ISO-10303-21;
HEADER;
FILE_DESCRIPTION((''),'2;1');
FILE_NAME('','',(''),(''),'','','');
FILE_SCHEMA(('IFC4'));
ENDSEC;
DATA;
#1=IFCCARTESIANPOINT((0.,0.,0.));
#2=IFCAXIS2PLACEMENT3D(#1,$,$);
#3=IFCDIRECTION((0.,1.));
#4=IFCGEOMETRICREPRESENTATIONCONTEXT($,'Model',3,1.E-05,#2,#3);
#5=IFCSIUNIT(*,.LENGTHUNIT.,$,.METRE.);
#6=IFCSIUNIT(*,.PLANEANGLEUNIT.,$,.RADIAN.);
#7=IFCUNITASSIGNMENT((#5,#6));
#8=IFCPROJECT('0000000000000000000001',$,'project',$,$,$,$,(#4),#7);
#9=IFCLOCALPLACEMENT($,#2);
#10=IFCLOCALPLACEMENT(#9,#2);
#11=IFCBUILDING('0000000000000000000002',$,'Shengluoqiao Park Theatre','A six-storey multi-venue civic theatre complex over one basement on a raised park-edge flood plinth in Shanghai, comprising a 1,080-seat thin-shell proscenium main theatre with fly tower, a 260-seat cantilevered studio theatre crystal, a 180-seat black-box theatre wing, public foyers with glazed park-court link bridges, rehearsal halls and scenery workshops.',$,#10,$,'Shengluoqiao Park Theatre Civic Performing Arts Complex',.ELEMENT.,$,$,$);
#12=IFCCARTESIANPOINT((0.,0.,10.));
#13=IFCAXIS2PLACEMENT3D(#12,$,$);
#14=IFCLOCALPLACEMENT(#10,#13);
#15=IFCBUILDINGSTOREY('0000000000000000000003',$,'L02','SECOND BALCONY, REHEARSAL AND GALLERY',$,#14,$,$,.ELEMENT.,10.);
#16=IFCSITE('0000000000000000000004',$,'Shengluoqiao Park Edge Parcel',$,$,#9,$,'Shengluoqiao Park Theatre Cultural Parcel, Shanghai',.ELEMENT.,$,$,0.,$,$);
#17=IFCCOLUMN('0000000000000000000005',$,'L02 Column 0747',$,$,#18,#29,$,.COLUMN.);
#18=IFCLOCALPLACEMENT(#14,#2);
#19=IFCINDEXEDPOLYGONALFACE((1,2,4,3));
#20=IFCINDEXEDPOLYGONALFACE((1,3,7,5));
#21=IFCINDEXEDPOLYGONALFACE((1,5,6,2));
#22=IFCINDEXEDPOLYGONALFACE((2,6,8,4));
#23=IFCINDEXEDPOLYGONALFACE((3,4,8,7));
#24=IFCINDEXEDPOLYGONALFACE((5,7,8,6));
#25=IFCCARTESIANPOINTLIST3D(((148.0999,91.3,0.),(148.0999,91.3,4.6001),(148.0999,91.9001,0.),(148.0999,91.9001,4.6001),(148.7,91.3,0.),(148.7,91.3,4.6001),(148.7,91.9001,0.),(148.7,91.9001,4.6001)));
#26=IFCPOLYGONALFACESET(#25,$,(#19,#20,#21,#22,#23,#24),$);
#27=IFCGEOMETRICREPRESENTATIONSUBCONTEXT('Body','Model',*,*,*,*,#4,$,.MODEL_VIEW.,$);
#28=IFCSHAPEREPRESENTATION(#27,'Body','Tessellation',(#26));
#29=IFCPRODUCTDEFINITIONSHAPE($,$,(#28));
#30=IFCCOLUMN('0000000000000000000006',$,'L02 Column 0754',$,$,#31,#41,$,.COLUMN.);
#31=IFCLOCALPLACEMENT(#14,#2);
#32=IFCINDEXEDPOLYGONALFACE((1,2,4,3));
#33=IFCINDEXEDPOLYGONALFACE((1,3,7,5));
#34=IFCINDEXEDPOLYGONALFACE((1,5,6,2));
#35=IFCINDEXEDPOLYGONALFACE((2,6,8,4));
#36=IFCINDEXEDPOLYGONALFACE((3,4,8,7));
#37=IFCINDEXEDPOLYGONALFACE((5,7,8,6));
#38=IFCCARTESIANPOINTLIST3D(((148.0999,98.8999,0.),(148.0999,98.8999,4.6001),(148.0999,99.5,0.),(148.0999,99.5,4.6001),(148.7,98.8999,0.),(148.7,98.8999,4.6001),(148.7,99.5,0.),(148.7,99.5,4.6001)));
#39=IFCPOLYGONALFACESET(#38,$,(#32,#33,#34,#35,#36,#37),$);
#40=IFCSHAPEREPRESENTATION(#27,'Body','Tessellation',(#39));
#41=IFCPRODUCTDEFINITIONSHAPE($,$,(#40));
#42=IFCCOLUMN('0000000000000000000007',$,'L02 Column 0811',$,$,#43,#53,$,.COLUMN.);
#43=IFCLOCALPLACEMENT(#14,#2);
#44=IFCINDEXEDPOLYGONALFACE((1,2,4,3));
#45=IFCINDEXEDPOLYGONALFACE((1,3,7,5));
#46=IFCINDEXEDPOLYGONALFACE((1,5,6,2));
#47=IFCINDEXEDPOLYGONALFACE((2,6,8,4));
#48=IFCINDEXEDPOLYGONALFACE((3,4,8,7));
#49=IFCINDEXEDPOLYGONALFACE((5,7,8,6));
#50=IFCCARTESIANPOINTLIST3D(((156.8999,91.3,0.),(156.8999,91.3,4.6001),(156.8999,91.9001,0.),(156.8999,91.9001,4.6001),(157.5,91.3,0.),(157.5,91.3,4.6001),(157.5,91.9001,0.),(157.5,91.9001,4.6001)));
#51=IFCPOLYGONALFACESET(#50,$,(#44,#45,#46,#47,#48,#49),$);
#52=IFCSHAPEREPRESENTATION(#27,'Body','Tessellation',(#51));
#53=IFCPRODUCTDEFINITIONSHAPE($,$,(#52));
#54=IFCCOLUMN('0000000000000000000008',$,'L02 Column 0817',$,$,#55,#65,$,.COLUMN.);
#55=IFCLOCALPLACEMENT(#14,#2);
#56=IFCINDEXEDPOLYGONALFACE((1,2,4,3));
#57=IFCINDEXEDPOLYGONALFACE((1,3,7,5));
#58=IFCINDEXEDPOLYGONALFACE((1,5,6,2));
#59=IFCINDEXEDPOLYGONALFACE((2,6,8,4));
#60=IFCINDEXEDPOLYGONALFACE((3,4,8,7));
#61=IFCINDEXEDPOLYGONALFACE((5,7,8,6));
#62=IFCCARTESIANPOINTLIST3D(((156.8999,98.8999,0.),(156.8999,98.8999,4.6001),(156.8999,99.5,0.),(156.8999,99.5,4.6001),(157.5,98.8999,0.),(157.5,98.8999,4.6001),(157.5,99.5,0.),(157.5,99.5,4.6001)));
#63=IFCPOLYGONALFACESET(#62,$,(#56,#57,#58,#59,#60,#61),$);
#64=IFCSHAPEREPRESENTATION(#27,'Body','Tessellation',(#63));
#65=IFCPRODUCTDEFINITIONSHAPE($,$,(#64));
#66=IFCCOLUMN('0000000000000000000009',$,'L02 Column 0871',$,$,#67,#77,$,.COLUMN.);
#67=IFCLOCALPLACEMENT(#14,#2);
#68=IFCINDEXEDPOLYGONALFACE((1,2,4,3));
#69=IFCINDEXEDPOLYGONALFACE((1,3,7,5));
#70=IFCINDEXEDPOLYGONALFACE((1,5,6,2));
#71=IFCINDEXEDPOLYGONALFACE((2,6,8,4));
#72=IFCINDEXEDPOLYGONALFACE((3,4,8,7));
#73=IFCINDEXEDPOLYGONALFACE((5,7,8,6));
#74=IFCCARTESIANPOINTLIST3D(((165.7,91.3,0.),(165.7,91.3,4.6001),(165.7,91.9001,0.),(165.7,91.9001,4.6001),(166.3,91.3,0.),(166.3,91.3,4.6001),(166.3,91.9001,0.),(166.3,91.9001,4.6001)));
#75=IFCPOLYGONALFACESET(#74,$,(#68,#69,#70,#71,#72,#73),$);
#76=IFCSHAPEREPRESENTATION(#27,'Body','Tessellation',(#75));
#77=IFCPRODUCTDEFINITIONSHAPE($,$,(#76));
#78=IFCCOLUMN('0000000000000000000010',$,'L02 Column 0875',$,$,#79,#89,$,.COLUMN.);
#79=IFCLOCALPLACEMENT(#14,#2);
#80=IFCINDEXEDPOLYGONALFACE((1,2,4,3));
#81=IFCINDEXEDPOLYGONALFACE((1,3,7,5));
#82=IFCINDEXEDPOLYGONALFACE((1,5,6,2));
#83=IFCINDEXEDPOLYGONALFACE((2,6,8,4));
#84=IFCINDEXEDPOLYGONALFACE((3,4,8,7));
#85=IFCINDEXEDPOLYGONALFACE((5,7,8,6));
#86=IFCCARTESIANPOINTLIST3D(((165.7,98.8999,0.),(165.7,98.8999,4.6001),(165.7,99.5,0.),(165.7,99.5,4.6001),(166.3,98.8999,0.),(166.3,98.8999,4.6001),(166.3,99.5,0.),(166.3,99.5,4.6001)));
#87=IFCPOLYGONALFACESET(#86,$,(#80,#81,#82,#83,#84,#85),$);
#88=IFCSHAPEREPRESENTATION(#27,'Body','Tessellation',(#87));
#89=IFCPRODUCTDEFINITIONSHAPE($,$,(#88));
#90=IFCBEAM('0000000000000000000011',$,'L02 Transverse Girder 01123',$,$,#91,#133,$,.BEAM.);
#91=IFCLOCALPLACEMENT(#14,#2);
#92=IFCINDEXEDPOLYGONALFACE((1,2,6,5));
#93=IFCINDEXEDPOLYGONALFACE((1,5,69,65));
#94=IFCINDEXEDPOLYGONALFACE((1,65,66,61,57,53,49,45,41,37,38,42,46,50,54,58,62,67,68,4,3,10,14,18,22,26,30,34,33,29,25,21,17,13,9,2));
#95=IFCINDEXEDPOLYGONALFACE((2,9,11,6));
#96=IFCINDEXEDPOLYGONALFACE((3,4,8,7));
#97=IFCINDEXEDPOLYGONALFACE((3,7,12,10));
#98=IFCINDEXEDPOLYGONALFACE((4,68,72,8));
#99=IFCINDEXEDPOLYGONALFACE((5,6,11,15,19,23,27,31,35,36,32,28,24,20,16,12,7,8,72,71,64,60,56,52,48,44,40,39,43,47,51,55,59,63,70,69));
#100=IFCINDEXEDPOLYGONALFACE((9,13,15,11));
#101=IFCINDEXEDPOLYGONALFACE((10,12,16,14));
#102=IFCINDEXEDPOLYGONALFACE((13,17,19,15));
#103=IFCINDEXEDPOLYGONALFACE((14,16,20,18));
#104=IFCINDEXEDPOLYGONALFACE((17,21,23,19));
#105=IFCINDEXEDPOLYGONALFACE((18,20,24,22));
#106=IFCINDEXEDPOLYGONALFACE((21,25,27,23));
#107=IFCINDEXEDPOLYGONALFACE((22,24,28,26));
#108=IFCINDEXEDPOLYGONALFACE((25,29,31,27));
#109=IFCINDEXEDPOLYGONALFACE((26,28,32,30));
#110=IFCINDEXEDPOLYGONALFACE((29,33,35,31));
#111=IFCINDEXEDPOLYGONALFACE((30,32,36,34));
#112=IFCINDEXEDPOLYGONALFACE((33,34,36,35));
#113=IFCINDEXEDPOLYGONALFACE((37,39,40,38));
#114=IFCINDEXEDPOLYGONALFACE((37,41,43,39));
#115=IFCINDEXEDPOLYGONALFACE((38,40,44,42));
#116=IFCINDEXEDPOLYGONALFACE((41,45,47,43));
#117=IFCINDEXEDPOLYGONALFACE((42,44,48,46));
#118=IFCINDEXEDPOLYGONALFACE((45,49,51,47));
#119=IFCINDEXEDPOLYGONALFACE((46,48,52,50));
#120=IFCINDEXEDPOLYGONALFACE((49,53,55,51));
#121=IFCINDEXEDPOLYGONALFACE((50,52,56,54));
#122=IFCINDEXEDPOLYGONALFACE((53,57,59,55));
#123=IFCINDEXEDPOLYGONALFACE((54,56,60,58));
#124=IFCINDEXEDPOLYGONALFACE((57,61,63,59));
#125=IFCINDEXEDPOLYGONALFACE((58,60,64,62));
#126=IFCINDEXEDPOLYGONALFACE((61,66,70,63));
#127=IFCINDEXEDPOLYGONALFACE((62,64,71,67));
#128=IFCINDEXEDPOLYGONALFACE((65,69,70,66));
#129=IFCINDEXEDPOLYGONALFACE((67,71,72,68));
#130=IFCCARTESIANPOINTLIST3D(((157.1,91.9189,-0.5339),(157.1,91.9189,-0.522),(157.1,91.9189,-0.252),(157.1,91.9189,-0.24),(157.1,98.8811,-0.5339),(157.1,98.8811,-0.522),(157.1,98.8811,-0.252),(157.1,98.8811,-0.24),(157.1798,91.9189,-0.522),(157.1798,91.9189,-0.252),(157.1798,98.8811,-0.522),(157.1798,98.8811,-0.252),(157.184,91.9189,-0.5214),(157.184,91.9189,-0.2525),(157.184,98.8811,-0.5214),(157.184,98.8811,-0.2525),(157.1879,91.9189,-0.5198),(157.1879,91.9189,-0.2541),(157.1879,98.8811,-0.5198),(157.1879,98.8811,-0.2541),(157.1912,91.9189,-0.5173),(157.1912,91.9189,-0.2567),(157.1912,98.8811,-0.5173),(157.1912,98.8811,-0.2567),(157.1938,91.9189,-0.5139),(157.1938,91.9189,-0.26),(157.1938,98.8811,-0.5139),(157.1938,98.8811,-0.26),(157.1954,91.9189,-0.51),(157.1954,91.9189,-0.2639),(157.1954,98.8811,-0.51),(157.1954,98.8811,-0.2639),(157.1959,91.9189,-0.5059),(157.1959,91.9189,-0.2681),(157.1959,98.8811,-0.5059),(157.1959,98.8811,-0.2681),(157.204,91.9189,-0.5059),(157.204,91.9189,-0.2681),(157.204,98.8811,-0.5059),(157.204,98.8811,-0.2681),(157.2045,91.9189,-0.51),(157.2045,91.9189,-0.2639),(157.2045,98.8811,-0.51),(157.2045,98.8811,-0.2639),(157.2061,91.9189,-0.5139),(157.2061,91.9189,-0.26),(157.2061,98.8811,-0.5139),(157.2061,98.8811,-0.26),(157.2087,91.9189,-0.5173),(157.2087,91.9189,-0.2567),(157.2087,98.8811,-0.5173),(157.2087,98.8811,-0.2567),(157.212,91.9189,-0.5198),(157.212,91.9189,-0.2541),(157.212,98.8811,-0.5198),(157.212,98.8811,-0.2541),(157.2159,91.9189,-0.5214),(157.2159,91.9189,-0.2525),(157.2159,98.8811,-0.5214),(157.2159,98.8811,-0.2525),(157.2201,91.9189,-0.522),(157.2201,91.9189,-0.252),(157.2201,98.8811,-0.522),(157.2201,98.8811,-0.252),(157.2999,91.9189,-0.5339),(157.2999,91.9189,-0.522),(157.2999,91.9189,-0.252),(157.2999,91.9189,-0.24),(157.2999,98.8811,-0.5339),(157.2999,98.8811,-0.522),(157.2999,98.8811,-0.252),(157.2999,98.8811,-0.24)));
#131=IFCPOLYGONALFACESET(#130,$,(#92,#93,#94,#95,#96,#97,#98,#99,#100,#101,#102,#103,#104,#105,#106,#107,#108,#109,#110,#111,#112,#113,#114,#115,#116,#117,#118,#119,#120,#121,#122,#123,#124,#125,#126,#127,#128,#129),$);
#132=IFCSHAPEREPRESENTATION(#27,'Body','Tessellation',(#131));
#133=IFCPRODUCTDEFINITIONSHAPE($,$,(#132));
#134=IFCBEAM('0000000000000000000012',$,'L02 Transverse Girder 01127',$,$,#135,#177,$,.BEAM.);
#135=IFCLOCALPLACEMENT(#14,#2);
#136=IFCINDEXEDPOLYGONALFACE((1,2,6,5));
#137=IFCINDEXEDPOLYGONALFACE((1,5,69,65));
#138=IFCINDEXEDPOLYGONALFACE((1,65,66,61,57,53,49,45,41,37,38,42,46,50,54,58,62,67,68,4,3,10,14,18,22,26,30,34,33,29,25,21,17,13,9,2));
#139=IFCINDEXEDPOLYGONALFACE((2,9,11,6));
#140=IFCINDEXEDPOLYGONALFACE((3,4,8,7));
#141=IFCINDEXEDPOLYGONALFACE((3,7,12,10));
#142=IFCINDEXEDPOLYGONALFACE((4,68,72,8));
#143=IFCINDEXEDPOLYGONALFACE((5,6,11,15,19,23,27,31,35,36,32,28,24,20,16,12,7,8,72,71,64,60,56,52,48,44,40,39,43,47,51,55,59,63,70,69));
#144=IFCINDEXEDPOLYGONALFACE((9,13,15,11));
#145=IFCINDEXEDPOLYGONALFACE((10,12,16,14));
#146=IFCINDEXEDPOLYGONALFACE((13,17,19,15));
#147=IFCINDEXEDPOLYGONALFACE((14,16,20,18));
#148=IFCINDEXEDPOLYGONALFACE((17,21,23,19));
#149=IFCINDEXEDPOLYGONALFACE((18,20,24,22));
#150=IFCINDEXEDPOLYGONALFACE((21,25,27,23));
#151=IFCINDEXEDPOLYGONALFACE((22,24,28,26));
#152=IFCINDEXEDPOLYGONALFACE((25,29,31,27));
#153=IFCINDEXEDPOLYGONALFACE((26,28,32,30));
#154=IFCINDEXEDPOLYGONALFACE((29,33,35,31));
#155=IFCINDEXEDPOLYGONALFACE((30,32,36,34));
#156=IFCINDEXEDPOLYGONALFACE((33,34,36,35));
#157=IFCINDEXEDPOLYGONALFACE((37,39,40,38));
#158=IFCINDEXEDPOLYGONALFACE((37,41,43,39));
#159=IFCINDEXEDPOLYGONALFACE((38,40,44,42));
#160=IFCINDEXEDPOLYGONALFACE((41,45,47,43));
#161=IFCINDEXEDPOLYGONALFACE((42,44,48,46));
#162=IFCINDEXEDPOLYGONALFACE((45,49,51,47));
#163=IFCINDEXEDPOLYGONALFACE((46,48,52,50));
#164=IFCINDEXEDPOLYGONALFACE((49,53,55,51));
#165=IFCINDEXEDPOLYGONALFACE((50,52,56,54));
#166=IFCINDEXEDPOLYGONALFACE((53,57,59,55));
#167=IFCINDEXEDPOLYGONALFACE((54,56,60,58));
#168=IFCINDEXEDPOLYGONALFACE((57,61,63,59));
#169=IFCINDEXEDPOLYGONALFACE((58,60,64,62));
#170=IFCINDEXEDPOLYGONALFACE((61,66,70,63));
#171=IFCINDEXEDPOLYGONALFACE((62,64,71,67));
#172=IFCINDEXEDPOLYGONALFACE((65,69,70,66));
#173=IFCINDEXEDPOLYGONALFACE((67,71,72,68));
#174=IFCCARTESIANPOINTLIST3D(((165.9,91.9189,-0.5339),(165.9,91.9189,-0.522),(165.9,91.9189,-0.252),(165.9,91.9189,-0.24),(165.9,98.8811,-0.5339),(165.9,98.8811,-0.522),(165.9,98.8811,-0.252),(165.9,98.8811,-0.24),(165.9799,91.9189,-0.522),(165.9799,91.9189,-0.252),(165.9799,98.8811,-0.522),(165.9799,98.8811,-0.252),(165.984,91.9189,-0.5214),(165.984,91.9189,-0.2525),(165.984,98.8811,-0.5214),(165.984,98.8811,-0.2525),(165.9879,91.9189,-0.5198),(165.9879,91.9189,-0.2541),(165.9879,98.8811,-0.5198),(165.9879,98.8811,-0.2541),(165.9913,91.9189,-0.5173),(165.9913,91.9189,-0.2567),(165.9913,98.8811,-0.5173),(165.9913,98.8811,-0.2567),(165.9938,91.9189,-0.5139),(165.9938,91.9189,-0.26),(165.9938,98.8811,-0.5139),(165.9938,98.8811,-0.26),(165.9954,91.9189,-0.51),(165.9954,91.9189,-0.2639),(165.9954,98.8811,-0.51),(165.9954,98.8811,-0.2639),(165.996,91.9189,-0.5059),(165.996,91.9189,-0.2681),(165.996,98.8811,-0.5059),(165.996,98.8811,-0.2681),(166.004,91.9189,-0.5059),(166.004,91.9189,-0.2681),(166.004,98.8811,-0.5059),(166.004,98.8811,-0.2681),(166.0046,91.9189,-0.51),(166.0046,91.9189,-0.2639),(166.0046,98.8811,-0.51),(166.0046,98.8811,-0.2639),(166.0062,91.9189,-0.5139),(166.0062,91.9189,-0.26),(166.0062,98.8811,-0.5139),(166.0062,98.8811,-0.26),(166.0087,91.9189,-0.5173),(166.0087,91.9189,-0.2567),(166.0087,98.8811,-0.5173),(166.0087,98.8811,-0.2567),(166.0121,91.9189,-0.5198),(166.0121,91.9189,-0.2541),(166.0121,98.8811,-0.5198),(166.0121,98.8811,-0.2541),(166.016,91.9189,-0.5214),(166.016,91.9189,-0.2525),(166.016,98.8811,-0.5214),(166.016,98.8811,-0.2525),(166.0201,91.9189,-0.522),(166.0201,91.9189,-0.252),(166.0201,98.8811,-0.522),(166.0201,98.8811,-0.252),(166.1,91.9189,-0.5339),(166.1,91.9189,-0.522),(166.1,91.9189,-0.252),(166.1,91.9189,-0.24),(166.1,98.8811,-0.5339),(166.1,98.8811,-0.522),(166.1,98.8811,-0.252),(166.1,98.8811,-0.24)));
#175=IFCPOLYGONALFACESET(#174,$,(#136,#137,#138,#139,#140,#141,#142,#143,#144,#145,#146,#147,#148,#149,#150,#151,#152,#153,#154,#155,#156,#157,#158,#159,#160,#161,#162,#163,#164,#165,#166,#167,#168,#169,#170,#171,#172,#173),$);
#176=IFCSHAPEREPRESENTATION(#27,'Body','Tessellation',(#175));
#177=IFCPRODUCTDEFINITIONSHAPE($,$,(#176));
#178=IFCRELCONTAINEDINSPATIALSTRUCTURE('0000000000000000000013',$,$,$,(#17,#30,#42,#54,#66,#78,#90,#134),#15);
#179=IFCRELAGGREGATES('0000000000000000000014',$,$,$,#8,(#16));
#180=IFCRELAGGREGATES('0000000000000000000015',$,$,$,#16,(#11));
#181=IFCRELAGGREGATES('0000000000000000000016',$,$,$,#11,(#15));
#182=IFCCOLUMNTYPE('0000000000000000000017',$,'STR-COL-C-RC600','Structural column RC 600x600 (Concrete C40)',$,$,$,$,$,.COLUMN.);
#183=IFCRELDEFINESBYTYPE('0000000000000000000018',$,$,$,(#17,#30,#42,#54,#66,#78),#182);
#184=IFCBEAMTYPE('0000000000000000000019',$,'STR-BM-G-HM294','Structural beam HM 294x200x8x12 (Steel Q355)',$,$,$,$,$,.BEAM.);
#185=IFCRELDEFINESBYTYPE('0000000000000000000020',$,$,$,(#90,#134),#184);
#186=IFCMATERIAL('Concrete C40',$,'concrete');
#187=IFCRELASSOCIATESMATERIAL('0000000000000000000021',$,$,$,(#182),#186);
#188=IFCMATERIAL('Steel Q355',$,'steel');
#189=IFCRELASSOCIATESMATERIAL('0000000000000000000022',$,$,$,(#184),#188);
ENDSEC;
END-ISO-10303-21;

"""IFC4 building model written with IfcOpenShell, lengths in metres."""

from ifc_helpers import new_model, si_unit, direction, frame, origin, origin_2d, place, context, subcontext, project, spatial, rectangle, i_section, extrude, material, material_profile, profile_set, type_object, element, save


model = new_model("IFC4")

# Units and contexts
model_context = context("Model", 3, precision=1e-05, world=origin(), true_north=direction((0.0, 1.0)))
body_context = subcontext(model_context, "Body", "Model", "MODEL_VIEW")
ifc_project = project(units=[si_unit("LENGTHUNIT", "METRE"), si_unit("PLANEANGLEUNIT", "RADIAN")], contexts=[model_context])

# Site, building, storey
site_placement = place(None, origin())
site = spatial("IfcSite", under=ifc_project, at=site_placement, Name="Shengluoqiao Park Edge Parcel", LongName="Shengluoqiao Park Theatre Cultural Parcel, Shanghai", CompositionType="ELEMENT", RefElevation=0.0)
building_placement = place(site_placement, origin())
building = spatial("IfcBuilding", under=site, at=building_placement, Name="Shengluoqiao Park Theatre", Description="A six-storey multi-venue civic theatre complex over one basement on a raised park-edge flood plinth in Shanghai, comprising a 1,080-seat thin-shell proscenium main theatre with fly tower, a 260-seat cantilevered studio theatre crystal, a 180-seat black-box theatre wing, public foyers with glazed park-court link bridges, rehearsal halls and scenery workshops.", LongName="Shengluoqiao Park Theatre Civic Performing Arts Complex", CompositionType="ELEMENT")
storey_placement = place(building_placement, frame((0.0, 0.0, 10.0)))
storey = spatial("IfcBuildingStorey", under=building, at=storey_placement, Name="L02", Description="SECOND BALCONY, REHEARSAL AND GALLERY", CompositionType="ELEMENT", Elevation=10.0)

# Columns
ifc_material_1 = material(Name="Concrete C40", Category="concrete")
ifc_material_profile_1 = material_profile(ifc_material_1, rectangle(XDim=0.6001, YDim=0.6001, at=origin_2d()), Name="RC 600x600")
ifc_profile_set_1 = profile_set([ifc_material_profile_1], Name="Concrete C40")
column_type = type_object("IfcColumnType", Name="STR-COL-C-RC600", Description="Structural column RC 600x600 (Concrete C40)", PredefinedType="COLUMN", material=ifc_profile_set_1)
for number, where, z_axis, x_axis, name in (
    (1, (148.3999, 91.6001, 0.0), (0.0, 0.0, 1.0), (1.0, 0.0, 0.0), "L02 Column 0747"),
    (2, (148.3999, 99.2, 0.0), (0.0, 0.0, 1.0), (1.0, 0.0, 0.0), "L02 Column 0754"),
    (3, (157.2, 91.6001, 0.0), (0.0, 0.0, 1.0), (1.0, 0.0, 0.0), "L02 Column 0811"),
    (4, (157.2, 99.2, 0.0), (0.0, 0.0, 1.0), (1.0, 0.0, 0.0), "L02 Column 0817"),
    (5, (166.0, 91.6001, 0.0), (0.0, 0.0, 1.0), (1.0, 0.0, 0.0), "L02 Column 0871"),
    (6, (166.0, 99.2, 0.0), (0.0, 0.0, 1.0), (1.0, 0.0, 0.0), "L02 Column 0875"),
):
    element("IfcColumn", number, at=place(storey_placement, frame(where, z_axis=z_axis, x_axis=x_axis)), inside=storey, type_object=column_type, Name=name, PredefinedType="COLUMN", context=body_context, shape_type="SweptSolid", body=[
        extrude(rectangle(XDim=0.6001, YDim=0.6001, at=origin_2d()), origin(), (0.0, 0.0, 1.0), 4.6001),
    ])

# Beams
ifc_material_2 = material(Name="Steel Q355", Category="steel")
ifc_material_profile_2 = material_profile(ifc_material_2, i_section(OverallWidth=0.2, OverallDepth=0.2939, WebThickness=0.0081, FlangeThickness=0.012, FilletRadius=0.0161, at=origin_2d()), Name="HM 294x200x8x12")
ifc_profile_set_2 = profile_set([ifc_material_profile_2], Name="Steel Q355")
beam_type_1 = type_object("IfcBeamType", Name="STR-BM-G-HM294", Description="Structural beam HM 294x200x8x12 (Steel Q355)", PredefinedType="BEAM", material=ifc_profile_set_2)
for number, where, z_axis, x_axis, name in (
    (7, (157.2, 91.9189, -0.387), (0.0, 1.0, 0.0), (-1.0, 0.0, 0.0), "L02 Transverse Girder 01123"),
    (8, (166.0, 91.9189, -0.387), (0.0, 1.0, 0.0), (-1.0, 0.0, 0.0), "L02 Transverse Girder 01127"),
):
    element("IfcBeam", number, at=place(storey_placement, frame(where, z_axis=z_axis, x_axis=x_axis)), inside=storey, type_object=beam_type_1, Name=name, PredefinedType="BEAM", context=body_context, shape_type="SweptSolid", body=[
        extrude(i_section(OverallWidth=0.2, OverallDepth=0.2939, WebThickness=0.0081, FlangeThickness=0.012, FilletRadius=0.0161, at=origin_2d()), origin(), (0.0, 0.0, 1.0), 6.9622),
    ])

save(model, "model.ifc")
